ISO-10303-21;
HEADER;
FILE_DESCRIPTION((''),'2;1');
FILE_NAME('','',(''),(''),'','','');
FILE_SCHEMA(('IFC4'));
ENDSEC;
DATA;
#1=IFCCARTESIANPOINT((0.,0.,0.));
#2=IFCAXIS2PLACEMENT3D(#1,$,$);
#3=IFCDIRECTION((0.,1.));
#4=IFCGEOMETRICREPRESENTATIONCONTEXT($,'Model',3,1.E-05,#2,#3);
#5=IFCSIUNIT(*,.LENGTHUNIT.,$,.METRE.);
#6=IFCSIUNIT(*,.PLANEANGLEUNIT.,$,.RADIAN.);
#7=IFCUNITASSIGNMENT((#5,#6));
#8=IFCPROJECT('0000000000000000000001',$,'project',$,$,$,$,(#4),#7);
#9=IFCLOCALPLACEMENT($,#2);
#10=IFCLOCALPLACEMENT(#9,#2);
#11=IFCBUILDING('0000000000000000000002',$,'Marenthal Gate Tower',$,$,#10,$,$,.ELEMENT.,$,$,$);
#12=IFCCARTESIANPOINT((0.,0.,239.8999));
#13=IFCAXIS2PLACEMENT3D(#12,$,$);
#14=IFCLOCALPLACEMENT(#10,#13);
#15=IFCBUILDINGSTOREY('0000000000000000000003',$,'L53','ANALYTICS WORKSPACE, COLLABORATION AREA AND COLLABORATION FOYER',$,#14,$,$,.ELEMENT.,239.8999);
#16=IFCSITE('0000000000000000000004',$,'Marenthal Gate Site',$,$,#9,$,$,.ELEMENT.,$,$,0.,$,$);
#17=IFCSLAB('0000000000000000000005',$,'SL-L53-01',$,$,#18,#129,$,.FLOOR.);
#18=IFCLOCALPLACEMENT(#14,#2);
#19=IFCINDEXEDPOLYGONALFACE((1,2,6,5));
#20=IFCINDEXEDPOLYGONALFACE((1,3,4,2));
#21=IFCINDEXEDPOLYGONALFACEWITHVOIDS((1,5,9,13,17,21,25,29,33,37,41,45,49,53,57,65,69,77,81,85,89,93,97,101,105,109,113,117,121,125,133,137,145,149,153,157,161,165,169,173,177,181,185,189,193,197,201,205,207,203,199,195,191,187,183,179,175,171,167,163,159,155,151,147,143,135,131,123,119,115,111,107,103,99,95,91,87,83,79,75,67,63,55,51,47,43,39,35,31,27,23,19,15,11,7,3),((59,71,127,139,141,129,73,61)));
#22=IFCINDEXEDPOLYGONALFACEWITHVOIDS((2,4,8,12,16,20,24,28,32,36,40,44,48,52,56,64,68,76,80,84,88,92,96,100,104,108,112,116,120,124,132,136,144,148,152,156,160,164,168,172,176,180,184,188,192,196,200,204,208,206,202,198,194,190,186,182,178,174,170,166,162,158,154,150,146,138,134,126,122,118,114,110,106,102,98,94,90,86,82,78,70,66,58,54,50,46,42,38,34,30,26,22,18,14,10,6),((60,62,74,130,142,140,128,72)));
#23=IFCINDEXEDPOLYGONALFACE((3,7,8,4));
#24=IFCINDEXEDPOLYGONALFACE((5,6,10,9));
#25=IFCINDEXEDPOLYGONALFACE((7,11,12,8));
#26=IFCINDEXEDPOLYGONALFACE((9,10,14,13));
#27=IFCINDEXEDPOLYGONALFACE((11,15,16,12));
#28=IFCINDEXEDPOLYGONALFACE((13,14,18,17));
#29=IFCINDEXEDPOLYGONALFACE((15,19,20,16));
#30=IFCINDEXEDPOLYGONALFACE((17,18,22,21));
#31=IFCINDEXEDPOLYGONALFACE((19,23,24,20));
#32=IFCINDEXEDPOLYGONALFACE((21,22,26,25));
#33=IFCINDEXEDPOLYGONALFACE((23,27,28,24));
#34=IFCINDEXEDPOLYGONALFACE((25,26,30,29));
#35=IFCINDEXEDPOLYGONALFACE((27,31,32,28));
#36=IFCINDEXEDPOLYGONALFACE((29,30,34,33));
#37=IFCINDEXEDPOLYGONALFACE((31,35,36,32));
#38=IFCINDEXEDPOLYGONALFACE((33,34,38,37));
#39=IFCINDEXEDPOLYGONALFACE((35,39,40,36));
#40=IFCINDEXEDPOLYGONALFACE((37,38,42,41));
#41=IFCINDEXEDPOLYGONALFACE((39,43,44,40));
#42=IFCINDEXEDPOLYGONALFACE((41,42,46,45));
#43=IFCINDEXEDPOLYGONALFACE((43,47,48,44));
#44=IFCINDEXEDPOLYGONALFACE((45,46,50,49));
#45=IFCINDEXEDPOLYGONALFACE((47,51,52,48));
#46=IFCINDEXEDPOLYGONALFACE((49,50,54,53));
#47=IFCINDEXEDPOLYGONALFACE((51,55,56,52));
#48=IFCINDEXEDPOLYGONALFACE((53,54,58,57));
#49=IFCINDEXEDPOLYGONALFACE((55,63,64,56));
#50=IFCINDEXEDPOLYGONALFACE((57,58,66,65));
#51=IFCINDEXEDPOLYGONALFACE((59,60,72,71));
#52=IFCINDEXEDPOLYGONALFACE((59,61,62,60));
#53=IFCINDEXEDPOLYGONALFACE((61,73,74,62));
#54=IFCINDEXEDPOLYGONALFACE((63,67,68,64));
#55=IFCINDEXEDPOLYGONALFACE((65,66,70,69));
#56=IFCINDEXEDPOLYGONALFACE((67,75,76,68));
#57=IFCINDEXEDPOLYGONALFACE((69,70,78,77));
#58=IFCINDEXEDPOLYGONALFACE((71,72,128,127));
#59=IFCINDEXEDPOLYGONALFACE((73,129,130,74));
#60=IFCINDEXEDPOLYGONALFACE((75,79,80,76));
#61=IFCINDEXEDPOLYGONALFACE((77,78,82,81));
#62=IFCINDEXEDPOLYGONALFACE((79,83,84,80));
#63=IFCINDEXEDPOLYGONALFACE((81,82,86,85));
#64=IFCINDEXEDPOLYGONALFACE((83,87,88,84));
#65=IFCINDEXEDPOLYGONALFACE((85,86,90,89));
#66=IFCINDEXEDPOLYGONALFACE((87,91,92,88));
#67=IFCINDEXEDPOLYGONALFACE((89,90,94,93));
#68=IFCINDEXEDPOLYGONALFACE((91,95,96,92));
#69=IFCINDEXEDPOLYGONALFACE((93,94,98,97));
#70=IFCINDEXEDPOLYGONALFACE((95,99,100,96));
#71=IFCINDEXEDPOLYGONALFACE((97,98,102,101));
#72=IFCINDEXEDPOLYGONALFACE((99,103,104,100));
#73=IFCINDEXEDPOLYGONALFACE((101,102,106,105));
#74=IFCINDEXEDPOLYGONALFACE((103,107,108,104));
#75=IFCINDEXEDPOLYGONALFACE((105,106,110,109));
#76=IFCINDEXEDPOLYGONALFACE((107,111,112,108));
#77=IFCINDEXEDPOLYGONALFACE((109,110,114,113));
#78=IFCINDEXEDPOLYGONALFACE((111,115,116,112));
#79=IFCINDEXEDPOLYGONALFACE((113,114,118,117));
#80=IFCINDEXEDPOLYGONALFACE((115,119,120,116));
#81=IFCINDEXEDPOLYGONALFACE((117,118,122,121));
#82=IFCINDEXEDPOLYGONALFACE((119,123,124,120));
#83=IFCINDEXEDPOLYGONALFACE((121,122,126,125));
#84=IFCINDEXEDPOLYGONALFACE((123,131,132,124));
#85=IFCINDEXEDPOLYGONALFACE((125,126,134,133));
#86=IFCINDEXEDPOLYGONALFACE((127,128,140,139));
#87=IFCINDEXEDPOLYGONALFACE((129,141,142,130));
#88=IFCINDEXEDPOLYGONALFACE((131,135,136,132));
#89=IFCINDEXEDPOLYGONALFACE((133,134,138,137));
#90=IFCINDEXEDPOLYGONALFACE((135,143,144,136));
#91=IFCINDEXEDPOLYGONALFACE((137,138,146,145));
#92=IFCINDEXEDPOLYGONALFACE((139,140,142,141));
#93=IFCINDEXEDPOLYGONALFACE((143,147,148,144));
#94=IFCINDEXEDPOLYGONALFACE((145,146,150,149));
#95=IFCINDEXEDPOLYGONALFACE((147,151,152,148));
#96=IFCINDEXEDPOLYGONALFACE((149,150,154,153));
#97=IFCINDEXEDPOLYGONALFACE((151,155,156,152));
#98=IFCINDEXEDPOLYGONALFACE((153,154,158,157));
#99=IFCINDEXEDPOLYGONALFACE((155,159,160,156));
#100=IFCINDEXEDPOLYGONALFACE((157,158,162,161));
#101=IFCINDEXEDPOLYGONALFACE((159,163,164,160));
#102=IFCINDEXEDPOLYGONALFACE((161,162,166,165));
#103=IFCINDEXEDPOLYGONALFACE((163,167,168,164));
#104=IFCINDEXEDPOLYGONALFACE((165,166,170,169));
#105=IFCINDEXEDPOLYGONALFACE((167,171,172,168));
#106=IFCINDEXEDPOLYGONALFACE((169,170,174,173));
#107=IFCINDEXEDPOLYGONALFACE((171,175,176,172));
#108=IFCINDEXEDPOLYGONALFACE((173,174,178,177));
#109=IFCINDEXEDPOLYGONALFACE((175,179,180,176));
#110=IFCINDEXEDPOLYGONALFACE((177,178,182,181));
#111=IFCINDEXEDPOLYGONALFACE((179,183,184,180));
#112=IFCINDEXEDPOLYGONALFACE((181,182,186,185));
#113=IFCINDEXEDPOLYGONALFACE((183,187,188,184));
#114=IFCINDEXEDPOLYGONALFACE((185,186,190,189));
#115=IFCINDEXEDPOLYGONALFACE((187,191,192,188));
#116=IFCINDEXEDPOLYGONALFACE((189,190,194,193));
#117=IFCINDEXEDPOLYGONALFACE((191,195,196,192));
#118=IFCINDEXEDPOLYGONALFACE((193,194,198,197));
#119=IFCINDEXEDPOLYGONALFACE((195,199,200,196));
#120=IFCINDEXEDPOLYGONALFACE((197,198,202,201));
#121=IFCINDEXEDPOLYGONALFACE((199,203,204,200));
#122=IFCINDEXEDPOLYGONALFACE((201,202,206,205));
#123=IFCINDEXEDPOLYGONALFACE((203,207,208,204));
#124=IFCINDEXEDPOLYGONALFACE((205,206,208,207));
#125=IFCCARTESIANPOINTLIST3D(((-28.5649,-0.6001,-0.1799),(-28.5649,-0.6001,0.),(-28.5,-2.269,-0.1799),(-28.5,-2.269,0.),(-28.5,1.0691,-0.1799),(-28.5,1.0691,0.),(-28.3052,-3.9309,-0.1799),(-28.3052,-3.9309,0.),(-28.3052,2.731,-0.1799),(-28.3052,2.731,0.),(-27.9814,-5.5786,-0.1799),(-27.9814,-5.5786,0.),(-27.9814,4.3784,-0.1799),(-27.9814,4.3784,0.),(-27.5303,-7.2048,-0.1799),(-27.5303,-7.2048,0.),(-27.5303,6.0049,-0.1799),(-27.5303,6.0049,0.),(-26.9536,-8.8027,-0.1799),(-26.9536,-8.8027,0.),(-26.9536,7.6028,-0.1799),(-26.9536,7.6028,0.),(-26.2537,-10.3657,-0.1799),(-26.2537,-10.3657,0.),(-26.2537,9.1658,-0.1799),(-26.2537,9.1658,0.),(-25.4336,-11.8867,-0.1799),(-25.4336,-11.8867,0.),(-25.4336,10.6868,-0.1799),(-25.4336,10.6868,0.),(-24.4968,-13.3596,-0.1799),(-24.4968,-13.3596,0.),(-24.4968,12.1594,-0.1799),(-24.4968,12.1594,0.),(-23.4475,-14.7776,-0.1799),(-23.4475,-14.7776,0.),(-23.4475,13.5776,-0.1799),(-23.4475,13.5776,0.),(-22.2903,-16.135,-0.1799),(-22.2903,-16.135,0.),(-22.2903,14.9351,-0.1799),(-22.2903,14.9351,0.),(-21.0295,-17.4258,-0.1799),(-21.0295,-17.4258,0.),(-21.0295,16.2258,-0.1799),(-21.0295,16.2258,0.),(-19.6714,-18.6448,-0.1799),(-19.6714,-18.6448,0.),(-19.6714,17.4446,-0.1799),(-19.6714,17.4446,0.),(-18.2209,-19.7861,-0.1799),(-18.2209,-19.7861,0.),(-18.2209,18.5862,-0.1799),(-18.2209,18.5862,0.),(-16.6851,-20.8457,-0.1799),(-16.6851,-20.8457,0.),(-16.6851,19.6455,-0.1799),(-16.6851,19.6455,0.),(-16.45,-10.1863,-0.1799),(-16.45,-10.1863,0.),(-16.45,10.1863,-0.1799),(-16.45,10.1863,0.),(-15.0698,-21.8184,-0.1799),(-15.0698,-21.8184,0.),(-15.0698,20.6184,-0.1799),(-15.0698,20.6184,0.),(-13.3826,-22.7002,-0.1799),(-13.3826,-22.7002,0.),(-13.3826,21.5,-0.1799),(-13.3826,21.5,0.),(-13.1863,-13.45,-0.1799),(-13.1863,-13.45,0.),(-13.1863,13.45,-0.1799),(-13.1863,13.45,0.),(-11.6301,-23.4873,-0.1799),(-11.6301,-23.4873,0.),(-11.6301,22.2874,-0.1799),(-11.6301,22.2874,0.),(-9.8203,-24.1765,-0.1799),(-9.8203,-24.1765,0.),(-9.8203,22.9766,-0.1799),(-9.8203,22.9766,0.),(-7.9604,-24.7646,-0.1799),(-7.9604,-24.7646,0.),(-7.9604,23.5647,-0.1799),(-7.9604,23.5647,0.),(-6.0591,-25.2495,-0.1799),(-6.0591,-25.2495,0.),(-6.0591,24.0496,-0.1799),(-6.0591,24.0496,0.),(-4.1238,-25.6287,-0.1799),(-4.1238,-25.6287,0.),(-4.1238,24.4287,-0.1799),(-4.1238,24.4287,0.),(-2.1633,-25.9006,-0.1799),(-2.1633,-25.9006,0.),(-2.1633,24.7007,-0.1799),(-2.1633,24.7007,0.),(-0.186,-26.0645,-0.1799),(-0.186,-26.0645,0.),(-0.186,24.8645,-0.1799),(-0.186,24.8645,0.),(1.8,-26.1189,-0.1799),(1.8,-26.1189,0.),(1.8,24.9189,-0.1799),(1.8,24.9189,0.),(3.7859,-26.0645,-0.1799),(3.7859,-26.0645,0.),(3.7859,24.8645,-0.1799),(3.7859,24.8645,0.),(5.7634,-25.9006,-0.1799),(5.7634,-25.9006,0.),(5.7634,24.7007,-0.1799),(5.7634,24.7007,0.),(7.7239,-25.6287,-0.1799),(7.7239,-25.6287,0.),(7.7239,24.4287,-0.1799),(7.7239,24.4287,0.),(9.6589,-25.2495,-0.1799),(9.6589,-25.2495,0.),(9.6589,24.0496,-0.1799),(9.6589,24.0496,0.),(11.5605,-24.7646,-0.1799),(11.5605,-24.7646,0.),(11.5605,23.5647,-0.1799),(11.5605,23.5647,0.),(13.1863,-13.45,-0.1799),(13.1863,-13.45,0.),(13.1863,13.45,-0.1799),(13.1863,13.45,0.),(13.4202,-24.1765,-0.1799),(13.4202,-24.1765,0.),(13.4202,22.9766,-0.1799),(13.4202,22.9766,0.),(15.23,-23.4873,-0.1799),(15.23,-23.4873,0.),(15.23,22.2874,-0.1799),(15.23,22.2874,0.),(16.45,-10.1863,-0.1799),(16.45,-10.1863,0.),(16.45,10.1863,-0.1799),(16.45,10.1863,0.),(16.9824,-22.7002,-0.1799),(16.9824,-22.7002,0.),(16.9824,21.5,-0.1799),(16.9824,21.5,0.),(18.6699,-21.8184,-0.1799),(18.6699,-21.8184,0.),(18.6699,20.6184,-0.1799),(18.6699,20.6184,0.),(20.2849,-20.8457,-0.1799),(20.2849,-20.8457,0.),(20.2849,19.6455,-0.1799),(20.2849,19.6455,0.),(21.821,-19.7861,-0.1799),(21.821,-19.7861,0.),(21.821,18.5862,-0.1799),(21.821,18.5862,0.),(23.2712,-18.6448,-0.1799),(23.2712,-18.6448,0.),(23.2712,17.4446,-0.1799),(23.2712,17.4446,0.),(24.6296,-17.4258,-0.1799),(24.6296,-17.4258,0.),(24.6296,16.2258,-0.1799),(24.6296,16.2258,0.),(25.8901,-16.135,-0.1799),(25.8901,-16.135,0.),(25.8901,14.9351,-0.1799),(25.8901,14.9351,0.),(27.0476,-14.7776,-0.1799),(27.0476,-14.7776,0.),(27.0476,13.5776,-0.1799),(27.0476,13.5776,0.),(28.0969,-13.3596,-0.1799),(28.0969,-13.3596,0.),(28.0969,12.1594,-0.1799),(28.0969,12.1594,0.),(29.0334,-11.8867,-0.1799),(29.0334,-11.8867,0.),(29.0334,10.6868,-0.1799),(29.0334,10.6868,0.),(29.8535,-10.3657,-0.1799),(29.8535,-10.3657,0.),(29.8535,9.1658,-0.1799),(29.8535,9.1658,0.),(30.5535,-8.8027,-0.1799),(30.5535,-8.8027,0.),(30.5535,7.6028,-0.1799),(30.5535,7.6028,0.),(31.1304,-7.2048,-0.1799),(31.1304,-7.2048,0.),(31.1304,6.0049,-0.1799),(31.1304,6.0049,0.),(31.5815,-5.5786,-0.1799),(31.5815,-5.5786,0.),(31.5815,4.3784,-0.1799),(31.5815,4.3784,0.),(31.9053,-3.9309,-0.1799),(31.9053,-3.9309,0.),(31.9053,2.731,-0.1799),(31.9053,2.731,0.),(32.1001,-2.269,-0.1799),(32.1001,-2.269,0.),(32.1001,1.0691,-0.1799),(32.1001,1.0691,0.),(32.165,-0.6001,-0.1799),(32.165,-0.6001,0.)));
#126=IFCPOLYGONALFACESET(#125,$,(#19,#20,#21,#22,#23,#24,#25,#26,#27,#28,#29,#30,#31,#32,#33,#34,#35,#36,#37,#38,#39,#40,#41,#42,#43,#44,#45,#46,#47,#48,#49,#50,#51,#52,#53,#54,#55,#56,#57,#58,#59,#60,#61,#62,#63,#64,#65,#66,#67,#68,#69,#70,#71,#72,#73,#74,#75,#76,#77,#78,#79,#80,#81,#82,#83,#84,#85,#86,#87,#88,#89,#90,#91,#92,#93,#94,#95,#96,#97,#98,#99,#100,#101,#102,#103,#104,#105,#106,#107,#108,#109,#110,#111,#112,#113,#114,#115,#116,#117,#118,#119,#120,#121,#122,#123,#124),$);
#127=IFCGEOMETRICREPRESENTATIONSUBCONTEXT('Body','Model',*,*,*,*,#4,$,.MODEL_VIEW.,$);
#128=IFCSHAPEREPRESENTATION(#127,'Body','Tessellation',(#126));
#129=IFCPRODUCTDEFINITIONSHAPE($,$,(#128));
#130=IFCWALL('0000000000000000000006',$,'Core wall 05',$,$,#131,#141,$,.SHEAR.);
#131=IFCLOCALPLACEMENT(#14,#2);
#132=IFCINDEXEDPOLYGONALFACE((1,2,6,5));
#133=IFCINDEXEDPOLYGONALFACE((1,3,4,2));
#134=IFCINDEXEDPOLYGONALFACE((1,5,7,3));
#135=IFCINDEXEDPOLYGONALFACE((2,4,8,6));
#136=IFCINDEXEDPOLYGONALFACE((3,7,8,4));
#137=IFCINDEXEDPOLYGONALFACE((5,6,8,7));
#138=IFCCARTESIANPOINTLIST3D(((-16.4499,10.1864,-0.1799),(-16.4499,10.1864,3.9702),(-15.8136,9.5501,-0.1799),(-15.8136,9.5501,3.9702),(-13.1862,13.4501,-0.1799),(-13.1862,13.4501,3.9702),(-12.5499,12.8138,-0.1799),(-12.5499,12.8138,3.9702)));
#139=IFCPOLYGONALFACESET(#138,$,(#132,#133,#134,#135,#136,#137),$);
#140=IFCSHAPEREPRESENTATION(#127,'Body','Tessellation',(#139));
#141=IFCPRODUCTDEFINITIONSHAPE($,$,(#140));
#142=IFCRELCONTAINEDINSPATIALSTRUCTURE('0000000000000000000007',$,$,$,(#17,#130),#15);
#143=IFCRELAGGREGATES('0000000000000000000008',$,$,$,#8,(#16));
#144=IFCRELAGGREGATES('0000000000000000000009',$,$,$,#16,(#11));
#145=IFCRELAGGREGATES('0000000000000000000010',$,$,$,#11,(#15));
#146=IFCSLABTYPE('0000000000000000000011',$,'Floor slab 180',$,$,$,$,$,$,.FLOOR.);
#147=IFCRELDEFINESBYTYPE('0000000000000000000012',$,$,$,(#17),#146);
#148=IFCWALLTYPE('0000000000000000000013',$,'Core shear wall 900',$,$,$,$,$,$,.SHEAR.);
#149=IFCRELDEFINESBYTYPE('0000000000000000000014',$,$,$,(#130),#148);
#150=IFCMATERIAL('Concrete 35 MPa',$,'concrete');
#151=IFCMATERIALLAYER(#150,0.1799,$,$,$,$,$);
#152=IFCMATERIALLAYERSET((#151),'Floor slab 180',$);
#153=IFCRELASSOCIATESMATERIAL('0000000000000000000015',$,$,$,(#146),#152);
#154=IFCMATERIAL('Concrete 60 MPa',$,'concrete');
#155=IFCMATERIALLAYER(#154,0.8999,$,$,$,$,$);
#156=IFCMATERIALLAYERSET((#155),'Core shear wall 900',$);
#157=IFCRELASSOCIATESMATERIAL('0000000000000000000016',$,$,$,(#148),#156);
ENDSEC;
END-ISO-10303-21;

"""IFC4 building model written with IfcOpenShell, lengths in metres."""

from ifc_helpers import new_model, si_unit, direction, frame, frame_2d, origin, place, context, subcontext, project, spatial, polyline, rectangle, outline, extrude, material, layer, layer_set, type_object, element, save


model = new_model("IFC4")

# Units and contexts
model_context = context("Model", 3, precision=1e-05, world=origin(), true_north=direction((0.0, 1.0)))
body_context = subcontext(model_context, "Body", "Model", "MODEL_VIEW")
ifc_project = project(units=[si_unit("LENGTHUNIT", "METRE"), si_unit("PLANEANGLEUNIT", "RADIAN")], contexts=[model_context])

# Site, building, storey
site_placement = place(None, origin())
site = spatial("IfcSite", under=ifc_project, at=site_placement, Name="Marenthal Gate Site", CompositionType="ELEMENT", RefElevation=0.0)
building_placement = place(site_placement, origin())
building = spatial("IfcBuilding", under=site, at=building_placement, Name="Marenthal Gate Tower", CompositionType="ELEMENT")
storey_placement = place(building_placement, frame((0.0, 0.0, 239.8999)))
storey = spatial("IfcBuildingStorey", under=building, at=storey_placement, Name="L53", Description="ANALYTICS WORKSPACE, COLLABORATION AREA AND COLLABORATION FOYER", CompositionType="ELEMENT", Elevation=239.8999)

# Slab
ifc_material_1 = material(Name="Concrete 35 MPa", Category="concrete")
ifc_layer_1 = layer(ifc_material_1, 0.1799)
ifc_layer_set_1 = layer_set([ifc_layer_1], Name="Floor slab 180")
slab_type_1 = type_object("IfcSlabType", Name="Floor slab 180", PredefinedType="FLOOR", material=ifc_layer_set_1)
slab_1_placement = place(storey_placement, frame((0.0, 0.0, -0.1799)))
element("IfcSlab", 1, at=slab_1_placement, inside=storey, type_object=slab_type_1, Name="SL-L53-01", PredefinedType="FLOOR", context=body_context, shape_type="SweptSolid", body=[
    extrude(outline(polyline([(32.165, -0.6001), (32.1001, 1.0691), (31.9053, 2.731), (31.5815, 4.3784), (31.1304, 6.0049), (30.5535, 7.6028), (29.8535, 9.1658), (29.0334, 10.6868), (28.0969, 12.1594), (27.0476, 13.5776), (25.8901, 14.9351), (24.6296, 16.2258), (23.2712, 17.4446), (21.821, 18.5862), (20.2849, 19.6455), (18.6699, 20.6184), (16.9824, 21.5), (15.23, 22.2874), (13.4202, 22.9766), (11.5605, 23.5647), (9.6589, 24.0496), (7.7239, 24.4287), (5.7634, 24.7007), (3.7859, 24.8645), (1.8, 24.9189), (-0.186, 24.8645), (-2.1633, 24.7007), (-4.1238, 24.4287), (-6.0591, 24.0496), (-7.9604, 23.5647), (-9.8203, 22.9766), (-11.6301, 22.2874), (-13.3826, 21.5), (-15.0698, 20.6184), (-16.6851, 19.6455), (-18.2209, 18.5862), (-19.6714, 17.4446), (-21.0295, 16.2258), (-22.2903, 14.9351), (-23.4475, 13.5776), (-24.4968, 12.1594), (-25.4336, 10.6868), (-26.2537, 9.1658), (-26.9536, 7.6028), (-27.5303, 6.0049), (-27.9814, 4.3784), (-28.3052, 2.731), (-28.5, 1.0691), (-28.5649, -0.6001), (-28.5, -2.269), (-28.3052, -3.9309), (-27.9814, -5.5786), (-27.5303, -7.2048), (-26.9536, -8.8027), (-26.2537, -10.3657), (-25.4336, -11.8867), (-24.4968, -13.3596), (-23.4475, -14.7776), (-22.2903, -16.135), (-21.0295, -17.4258), (-19.6714, -18.6448), (-18.2209, -19.7861), (-16.6851, -20.8457), (-15.0698, -21.8184), (-13.3826, -22.7002), (-11.6301, -23.4873), (-9.8203, -24.1765), (-7.9604, -24.7646), (-6.0591, -25.2495), (-4.1238, -25.6287), (-2.1633, -25.9006), (-0.186, -26.0645), (1.8, -26.1189), (3.7859, -26.0645), (5.7634, -25.9006), (7.7239, -25.6287), (9.6589, -25.2495), (11.5605, -24.7646), (13.4202, -24.1765), (15.23, -23.4873), (16.9824, -22.7002), (18.6699, -21.8184), (20.2849, -20.8457), (21.821, -19.7861), (23.2712, -18.6448), (24.6296, -17.4258), (25.8901, -16.135), (27.0476, -14.7776), (28.0969, -13.3596), (29.0334, -11.8867), (29.8535, -10.3657), (30.5535, -8.8027), (31.1304, -7.2048), (31.5815, -5.5786), (31.9053, -3.9309), (32.1001, -2.269), (32.165, -0.6001)]), holes=[polyline([(13.1863, -13.45), (16.45, -10.1863), (16.45, 10.1863), (13.1863, 13.45), (-13.1863, 13.45), (-16.45, 10.1863), (-16.45, -10.1863), (-13.1863, -13.45), (13.1863, -13.45)])]), origin(), (0.0, 0.0, 1.0), 0.1799),
])

# Wall
ifc_material_2 = material(Name="Concrete 60 MPa", Category="concrete")
ifc_layer_2 = layer(ifc_material_2, 0.8999)
ifc_layer_set_2 = layer_set([ifc_layer_2], Name="Core shear wall 900")
wall_type_1 = type_object("IfcWallType", Name="Core shear wall 900", PredefinedType="SHEAR", material=ifc_layer_set_2)
wall_1_placement = place(storey_placement, frame((-12.8682, 13.1318, -0.1799), z_axis=(0.0, 0.0, 1.0), x_axis=(-0.707107, -0.707107, 0.0)))
element("IfcWall", 2, at=wall_1_placement, inside=storey, type_object=wall_type_1, Name="Core wall 05", PredefinedType="SHEAR", context=body_context, shape_type="SweptSolid", body=[
    extrude(rectangle(XDim=4.6155, YDim=0.8999, at=frame_2d((2.3076, 0.0))), origin(), (0.0, 0.0, 1.0), 4.1501),
])

save(model, "model.ifc")
